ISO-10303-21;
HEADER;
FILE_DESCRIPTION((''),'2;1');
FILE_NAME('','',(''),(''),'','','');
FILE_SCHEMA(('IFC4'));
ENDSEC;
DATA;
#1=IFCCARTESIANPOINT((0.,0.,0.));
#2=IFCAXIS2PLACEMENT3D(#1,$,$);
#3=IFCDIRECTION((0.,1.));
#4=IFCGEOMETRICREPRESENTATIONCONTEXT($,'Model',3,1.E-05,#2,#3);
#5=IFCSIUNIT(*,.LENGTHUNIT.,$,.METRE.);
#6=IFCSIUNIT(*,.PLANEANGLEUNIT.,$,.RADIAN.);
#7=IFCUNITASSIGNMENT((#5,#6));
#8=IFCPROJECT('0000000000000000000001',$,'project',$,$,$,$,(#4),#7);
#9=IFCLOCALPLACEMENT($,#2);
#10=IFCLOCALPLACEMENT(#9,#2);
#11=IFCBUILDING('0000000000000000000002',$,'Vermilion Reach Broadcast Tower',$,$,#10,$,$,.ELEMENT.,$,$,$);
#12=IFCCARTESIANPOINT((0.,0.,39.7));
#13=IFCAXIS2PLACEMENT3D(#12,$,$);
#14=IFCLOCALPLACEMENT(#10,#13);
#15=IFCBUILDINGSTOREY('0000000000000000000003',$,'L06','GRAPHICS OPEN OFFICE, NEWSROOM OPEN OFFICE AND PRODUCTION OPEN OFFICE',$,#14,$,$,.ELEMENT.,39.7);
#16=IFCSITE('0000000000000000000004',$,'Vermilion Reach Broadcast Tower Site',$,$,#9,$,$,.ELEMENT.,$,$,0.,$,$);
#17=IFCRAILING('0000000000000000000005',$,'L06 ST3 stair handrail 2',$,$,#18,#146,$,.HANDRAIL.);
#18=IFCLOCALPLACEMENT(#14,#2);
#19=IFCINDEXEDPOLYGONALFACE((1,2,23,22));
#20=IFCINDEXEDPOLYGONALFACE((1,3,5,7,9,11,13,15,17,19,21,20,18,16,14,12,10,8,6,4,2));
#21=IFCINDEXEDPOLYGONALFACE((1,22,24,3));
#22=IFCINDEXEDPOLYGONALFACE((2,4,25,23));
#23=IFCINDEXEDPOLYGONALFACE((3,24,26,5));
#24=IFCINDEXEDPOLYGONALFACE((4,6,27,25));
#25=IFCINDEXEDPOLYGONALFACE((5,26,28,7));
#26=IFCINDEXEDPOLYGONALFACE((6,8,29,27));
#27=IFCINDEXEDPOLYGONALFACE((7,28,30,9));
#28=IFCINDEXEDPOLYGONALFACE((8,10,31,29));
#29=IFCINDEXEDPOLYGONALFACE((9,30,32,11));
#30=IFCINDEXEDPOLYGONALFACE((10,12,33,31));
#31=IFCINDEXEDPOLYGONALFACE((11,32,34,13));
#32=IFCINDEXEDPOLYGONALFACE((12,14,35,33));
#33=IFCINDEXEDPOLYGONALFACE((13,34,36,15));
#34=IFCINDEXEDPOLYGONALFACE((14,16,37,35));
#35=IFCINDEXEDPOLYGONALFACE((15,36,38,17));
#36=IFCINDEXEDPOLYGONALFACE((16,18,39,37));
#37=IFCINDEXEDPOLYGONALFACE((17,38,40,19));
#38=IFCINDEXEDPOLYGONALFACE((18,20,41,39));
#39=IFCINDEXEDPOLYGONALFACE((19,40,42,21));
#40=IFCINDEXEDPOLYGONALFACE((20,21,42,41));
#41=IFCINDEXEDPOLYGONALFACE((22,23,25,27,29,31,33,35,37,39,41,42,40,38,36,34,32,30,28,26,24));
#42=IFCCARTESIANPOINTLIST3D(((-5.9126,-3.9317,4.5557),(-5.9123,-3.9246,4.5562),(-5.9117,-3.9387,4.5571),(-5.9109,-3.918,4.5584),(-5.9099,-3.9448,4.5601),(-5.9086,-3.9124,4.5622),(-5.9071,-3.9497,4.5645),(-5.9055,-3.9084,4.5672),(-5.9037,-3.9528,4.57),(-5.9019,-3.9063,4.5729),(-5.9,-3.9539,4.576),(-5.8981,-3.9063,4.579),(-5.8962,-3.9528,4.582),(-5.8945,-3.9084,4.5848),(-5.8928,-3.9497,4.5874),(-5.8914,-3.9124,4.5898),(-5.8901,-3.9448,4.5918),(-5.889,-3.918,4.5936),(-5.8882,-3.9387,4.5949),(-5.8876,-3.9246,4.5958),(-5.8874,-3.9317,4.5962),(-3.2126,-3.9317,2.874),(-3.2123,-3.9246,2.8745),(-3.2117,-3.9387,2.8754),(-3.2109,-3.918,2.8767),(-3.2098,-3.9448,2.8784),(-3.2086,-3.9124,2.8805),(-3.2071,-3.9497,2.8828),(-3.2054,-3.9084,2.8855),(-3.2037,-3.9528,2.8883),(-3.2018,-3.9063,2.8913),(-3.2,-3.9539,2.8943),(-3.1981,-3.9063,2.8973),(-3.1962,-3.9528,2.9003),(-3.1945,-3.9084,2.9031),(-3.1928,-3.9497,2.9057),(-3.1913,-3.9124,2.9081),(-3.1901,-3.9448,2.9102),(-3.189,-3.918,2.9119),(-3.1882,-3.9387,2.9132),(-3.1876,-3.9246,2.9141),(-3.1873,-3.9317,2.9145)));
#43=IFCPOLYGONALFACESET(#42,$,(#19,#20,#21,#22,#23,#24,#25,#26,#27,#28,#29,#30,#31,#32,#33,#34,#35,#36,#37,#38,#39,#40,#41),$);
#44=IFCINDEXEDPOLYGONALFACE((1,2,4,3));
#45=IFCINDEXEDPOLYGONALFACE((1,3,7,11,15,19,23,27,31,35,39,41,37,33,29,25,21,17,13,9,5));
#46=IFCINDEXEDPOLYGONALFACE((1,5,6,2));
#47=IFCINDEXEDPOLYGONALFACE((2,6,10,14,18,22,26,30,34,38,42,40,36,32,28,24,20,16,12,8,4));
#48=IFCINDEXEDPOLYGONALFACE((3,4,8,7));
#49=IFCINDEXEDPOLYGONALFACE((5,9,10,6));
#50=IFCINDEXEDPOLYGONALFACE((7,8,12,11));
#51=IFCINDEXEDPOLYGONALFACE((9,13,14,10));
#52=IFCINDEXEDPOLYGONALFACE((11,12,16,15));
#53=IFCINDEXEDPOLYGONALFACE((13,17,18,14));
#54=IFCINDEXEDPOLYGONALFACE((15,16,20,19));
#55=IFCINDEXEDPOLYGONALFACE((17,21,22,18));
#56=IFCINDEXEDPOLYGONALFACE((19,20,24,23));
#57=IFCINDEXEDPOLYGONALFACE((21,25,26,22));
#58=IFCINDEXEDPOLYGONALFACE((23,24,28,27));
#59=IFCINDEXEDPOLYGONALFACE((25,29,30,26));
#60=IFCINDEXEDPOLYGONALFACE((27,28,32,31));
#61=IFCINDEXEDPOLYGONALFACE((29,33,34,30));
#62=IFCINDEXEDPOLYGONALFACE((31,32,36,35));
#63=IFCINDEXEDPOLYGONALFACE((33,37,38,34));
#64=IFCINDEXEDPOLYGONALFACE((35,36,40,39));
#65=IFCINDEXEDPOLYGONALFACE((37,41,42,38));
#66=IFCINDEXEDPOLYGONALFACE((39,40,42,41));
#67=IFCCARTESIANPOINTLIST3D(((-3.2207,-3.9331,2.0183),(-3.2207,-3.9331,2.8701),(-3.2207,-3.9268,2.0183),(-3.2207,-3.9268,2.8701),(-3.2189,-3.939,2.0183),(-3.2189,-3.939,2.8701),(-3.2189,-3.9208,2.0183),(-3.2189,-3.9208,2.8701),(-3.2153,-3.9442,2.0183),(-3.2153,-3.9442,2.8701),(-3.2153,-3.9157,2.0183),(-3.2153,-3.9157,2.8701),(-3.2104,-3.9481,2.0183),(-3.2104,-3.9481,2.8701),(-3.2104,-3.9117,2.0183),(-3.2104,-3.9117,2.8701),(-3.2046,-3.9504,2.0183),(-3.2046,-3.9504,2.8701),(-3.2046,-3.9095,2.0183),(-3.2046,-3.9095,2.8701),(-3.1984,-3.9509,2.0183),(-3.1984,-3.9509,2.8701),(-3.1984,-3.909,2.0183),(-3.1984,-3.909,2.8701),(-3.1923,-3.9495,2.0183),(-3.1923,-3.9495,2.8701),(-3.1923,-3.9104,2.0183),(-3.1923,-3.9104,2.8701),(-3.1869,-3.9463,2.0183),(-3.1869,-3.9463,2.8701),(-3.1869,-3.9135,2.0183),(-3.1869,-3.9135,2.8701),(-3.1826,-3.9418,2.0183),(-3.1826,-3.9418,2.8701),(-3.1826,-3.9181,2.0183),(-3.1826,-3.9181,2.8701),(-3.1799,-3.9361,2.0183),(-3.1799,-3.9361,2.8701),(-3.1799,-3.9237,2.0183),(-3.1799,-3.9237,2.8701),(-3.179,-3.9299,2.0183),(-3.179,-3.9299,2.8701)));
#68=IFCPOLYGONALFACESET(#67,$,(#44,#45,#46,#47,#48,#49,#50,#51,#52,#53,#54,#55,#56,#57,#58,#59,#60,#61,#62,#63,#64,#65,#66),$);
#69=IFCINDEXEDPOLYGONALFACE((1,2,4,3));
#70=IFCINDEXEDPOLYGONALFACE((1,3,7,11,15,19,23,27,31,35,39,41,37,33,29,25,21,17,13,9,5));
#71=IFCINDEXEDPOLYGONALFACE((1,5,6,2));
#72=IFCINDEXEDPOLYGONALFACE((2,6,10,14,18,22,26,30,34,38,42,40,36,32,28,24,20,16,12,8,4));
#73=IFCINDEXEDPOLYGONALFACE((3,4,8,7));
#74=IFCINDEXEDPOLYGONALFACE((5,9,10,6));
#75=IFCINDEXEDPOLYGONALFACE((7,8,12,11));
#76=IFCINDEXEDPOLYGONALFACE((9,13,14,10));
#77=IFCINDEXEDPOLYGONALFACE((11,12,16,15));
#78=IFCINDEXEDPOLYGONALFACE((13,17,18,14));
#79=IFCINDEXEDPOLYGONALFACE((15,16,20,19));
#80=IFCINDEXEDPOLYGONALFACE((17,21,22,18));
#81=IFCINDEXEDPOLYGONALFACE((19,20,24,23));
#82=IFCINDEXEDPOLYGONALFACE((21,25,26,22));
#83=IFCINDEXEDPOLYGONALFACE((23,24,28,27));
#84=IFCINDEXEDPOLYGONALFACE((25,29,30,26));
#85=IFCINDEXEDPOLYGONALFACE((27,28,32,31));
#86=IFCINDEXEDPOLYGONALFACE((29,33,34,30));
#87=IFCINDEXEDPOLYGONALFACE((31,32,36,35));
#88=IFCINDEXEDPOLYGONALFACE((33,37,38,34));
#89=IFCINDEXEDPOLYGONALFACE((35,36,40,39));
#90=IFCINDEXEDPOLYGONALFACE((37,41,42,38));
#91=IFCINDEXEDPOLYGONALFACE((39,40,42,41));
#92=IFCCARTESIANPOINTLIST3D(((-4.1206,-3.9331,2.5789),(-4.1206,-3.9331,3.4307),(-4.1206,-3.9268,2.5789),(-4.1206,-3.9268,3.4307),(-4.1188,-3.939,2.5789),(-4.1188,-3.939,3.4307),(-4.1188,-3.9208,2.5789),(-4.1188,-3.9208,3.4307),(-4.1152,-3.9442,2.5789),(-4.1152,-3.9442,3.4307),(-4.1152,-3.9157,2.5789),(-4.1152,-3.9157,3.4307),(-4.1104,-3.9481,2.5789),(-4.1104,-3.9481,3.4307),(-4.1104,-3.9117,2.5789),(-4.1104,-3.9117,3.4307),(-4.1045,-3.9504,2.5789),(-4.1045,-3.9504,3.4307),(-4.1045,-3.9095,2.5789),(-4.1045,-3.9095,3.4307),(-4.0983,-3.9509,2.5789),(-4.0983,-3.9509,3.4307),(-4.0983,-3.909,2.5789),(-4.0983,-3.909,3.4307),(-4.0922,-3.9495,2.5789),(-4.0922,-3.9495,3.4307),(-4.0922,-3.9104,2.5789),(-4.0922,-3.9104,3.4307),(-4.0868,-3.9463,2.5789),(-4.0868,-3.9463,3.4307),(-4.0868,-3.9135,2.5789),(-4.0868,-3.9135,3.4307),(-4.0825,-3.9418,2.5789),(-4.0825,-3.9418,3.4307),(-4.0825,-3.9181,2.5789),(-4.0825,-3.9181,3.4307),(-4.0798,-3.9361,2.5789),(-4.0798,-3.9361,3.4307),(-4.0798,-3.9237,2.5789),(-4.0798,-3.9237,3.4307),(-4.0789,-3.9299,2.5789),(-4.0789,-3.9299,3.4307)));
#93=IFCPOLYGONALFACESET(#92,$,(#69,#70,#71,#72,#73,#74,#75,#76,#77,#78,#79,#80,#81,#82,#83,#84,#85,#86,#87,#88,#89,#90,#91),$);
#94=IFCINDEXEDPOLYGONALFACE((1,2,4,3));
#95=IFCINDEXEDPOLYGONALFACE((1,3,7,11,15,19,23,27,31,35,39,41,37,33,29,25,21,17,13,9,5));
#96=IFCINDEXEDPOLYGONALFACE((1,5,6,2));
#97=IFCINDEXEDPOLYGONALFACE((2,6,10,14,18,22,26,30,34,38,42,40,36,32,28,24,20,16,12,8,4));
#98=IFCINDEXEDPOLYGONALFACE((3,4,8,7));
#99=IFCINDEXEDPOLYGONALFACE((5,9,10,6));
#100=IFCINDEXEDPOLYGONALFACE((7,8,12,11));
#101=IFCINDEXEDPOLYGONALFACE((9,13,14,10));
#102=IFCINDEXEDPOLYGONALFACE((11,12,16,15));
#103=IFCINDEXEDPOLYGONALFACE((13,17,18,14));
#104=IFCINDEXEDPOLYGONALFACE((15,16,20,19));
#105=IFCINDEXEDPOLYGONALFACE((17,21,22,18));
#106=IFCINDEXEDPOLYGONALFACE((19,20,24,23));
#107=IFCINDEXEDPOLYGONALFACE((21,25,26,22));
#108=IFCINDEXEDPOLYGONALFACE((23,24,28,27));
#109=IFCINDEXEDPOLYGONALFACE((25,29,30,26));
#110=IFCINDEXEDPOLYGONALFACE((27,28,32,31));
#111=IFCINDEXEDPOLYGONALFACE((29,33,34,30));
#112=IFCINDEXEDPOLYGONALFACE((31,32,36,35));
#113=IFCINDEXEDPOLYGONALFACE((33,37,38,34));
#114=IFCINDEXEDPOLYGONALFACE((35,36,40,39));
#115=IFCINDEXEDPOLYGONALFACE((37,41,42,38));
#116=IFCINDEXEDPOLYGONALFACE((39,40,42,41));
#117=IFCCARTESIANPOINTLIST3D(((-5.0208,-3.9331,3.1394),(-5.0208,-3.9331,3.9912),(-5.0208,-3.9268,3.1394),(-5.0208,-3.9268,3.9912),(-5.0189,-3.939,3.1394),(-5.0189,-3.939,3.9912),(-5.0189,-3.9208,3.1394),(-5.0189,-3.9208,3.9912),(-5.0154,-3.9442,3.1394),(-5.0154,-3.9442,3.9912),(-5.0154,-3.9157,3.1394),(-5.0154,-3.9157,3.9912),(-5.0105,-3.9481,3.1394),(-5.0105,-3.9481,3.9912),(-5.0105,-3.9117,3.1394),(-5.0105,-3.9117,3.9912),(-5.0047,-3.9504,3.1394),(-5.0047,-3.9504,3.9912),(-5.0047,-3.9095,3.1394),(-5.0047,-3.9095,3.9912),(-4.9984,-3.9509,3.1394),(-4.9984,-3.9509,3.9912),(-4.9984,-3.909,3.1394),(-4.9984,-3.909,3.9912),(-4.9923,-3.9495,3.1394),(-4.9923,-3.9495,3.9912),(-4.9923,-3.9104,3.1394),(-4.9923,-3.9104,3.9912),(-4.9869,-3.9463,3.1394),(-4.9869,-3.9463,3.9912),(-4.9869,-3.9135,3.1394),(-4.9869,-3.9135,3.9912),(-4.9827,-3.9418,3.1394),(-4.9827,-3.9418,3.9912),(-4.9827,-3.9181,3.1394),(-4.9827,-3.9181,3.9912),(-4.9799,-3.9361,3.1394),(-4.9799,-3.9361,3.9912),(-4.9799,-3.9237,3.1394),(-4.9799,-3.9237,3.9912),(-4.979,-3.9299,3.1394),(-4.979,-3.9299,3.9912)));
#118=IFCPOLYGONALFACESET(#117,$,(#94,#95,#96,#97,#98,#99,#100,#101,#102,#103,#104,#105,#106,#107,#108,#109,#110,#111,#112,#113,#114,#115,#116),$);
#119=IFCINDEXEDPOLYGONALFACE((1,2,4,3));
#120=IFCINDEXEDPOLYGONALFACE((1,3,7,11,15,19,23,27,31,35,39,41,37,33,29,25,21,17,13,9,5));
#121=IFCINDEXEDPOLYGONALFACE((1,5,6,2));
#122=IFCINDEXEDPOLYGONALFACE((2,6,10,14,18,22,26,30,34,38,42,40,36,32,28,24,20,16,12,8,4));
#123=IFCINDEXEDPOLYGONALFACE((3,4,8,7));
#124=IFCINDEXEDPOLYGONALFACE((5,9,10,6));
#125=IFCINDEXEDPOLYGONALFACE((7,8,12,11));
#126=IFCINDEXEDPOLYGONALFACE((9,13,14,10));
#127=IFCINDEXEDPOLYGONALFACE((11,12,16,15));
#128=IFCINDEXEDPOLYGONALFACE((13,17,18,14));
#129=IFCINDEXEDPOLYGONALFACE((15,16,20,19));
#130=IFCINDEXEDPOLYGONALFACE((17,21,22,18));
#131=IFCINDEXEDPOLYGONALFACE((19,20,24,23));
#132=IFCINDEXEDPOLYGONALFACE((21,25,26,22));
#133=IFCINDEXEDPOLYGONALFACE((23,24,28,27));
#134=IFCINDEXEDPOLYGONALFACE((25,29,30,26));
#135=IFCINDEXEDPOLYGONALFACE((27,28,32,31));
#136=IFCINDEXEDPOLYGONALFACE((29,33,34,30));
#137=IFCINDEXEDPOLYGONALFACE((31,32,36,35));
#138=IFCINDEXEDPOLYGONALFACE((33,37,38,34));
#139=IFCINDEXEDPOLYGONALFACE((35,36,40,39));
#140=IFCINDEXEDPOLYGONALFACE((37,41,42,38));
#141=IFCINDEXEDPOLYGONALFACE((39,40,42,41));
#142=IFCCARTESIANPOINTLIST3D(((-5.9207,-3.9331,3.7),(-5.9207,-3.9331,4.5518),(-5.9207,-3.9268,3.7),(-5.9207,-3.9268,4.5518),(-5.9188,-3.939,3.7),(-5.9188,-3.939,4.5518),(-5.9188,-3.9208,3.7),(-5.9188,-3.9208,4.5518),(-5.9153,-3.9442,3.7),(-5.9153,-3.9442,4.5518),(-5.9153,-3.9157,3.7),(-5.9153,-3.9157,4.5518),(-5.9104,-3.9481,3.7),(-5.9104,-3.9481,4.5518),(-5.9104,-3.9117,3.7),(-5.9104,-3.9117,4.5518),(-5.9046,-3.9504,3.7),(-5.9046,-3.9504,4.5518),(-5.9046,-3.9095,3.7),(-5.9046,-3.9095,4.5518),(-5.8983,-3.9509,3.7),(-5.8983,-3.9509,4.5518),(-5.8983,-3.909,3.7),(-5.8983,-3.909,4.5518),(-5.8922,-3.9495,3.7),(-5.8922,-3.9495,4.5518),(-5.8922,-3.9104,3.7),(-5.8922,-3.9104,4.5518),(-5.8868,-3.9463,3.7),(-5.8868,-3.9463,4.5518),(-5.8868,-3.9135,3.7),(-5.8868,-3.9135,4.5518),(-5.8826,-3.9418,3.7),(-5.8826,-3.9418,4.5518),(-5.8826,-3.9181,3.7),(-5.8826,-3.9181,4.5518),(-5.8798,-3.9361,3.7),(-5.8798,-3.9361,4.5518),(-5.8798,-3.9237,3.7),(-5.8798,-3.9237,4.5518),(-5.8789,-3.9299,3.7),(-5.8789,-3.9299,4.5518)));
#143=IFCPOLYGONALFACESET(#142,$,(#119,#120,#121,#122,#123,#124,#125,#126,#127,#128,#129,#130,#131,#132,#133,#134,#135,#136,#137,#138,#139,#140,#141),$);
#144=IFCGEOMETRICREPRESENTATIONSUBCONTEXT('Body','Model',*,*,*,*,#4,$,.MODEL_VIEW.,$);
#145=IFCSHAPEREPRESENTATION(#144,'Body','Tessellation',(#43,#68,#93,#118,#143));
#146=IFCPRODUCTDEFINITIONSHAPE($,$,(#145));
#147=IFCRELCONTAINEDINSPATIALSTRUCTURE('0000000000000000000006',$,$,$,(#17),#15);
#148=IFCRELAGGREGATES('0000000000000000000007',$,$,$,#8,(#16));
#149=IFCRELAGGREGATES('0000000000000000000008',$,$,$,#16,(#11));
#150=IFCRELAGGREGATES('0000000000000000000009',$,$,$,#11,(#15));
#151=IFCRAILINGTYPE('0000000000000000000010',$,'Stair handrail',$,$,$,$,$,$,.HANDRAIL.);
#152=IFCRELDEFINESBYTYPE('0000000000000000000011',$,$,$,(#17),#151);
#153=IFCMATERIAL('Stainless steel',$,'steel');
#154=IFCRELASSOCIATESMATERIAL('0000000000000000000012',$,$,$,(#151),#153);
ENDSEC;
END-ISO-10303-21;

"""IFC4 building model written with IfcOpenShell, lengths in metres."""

from ifc_helpers import new_model, si_unit, direction, frame, origin, origin_2d, place, context, subcontext, project, spatial, circle, extrude, material, type_object, element, save


model = new_model("IFC4")

# Units and contexts
model_context = context("Model", 3, precision=1e-05, world=origin(), true_north=direction((0.0, 1.0)))
body_context = subcontext(model_context, "Body", "Model", "MODEL_VIEW")
ifc_project = project(units=[si_unit("LENGTHUNIT", "METRE"), si_unit("PLANEANGLEUNIT", "RADIAN")], contexts=[model_context])

# Site, building, storey
site_placement = place(None, origin())
site = spatial("IfcSite", under=ifc_project, at=site_placement, Name="Vermilion Reach Broadcast Tower Site", CompositionType="ELEMENT", RefElevation=0.0)
building_placement = place(site_placement, origin())
building = spatial("IfcBuilding", under=site, at=building_placement, Name="Vermilion Reach Broadcast Tower", CompositionType="ELEMENT")
storey_placement = place(building_placement, frame((0.0, 0.0, 39.7)))
storey = spatial("IfcBuildingStorey", under=building, at=storey_placement, Name="L06", Description="GRAPHICS OPEN OFFICE, NEWSROOM OPEN OFFICE AND PRODUCTION OPEN OFFICE", CompositionType="ELEMENT", Elevation=39.7)

# Railing
ifc_material_1 = material(Name="Stainless steel", Category="steel")
railing_type_1 = type_object("IfcRailingType", Name="Stair handrail", PredefinedType="HANDRAIL", material=ifc_material_1)
railing_1_placement = place(storey_placement, frame((-3.2, -3.9299, 2.0183)))
element("IfcRailing", 1, at=railing_1_placement, inside=storey, type_object=railing_type_1, Name="L06 ST3 stair handrail 2", PredefinedType="HANDRAIL", context=body_context, shape_type="SweptSolid", body=[
    extrude(circle(Radius=0.0239, at=origin_2d()), frame((0.0, 0.0, 0.876), z_axis=(-0.848821, 0.0, 0.528681), x_axis=(0.0, -1.0, 0.0)), (0.0, 0.0, 1.0), 3.1809),
    extrude(circle(Radius=0.021, at=origin_2d()), origin(), (0.0, 0.0, 1.0), 0.8518),
    extrude(circle(Radius=0.021, at=origin_2d()), frame((-0.8999, 0.0, 0.5605)), (0.0, 0.0, 1.0), 0.8518),
    extrude(circle(Radius=0.021, at=origin_2d()), frame((-1.8, 0.0, 1.1211)), (0.0, 0.0, 1.0), 0.8518),
    extrude(circle(Radius=0.021, at=origin_2d()), frame((-2.7, 0.0, 1.6816)), (0.0, 0.0, 1.0), 0.8518),
])

save(model, "model.ifc")
